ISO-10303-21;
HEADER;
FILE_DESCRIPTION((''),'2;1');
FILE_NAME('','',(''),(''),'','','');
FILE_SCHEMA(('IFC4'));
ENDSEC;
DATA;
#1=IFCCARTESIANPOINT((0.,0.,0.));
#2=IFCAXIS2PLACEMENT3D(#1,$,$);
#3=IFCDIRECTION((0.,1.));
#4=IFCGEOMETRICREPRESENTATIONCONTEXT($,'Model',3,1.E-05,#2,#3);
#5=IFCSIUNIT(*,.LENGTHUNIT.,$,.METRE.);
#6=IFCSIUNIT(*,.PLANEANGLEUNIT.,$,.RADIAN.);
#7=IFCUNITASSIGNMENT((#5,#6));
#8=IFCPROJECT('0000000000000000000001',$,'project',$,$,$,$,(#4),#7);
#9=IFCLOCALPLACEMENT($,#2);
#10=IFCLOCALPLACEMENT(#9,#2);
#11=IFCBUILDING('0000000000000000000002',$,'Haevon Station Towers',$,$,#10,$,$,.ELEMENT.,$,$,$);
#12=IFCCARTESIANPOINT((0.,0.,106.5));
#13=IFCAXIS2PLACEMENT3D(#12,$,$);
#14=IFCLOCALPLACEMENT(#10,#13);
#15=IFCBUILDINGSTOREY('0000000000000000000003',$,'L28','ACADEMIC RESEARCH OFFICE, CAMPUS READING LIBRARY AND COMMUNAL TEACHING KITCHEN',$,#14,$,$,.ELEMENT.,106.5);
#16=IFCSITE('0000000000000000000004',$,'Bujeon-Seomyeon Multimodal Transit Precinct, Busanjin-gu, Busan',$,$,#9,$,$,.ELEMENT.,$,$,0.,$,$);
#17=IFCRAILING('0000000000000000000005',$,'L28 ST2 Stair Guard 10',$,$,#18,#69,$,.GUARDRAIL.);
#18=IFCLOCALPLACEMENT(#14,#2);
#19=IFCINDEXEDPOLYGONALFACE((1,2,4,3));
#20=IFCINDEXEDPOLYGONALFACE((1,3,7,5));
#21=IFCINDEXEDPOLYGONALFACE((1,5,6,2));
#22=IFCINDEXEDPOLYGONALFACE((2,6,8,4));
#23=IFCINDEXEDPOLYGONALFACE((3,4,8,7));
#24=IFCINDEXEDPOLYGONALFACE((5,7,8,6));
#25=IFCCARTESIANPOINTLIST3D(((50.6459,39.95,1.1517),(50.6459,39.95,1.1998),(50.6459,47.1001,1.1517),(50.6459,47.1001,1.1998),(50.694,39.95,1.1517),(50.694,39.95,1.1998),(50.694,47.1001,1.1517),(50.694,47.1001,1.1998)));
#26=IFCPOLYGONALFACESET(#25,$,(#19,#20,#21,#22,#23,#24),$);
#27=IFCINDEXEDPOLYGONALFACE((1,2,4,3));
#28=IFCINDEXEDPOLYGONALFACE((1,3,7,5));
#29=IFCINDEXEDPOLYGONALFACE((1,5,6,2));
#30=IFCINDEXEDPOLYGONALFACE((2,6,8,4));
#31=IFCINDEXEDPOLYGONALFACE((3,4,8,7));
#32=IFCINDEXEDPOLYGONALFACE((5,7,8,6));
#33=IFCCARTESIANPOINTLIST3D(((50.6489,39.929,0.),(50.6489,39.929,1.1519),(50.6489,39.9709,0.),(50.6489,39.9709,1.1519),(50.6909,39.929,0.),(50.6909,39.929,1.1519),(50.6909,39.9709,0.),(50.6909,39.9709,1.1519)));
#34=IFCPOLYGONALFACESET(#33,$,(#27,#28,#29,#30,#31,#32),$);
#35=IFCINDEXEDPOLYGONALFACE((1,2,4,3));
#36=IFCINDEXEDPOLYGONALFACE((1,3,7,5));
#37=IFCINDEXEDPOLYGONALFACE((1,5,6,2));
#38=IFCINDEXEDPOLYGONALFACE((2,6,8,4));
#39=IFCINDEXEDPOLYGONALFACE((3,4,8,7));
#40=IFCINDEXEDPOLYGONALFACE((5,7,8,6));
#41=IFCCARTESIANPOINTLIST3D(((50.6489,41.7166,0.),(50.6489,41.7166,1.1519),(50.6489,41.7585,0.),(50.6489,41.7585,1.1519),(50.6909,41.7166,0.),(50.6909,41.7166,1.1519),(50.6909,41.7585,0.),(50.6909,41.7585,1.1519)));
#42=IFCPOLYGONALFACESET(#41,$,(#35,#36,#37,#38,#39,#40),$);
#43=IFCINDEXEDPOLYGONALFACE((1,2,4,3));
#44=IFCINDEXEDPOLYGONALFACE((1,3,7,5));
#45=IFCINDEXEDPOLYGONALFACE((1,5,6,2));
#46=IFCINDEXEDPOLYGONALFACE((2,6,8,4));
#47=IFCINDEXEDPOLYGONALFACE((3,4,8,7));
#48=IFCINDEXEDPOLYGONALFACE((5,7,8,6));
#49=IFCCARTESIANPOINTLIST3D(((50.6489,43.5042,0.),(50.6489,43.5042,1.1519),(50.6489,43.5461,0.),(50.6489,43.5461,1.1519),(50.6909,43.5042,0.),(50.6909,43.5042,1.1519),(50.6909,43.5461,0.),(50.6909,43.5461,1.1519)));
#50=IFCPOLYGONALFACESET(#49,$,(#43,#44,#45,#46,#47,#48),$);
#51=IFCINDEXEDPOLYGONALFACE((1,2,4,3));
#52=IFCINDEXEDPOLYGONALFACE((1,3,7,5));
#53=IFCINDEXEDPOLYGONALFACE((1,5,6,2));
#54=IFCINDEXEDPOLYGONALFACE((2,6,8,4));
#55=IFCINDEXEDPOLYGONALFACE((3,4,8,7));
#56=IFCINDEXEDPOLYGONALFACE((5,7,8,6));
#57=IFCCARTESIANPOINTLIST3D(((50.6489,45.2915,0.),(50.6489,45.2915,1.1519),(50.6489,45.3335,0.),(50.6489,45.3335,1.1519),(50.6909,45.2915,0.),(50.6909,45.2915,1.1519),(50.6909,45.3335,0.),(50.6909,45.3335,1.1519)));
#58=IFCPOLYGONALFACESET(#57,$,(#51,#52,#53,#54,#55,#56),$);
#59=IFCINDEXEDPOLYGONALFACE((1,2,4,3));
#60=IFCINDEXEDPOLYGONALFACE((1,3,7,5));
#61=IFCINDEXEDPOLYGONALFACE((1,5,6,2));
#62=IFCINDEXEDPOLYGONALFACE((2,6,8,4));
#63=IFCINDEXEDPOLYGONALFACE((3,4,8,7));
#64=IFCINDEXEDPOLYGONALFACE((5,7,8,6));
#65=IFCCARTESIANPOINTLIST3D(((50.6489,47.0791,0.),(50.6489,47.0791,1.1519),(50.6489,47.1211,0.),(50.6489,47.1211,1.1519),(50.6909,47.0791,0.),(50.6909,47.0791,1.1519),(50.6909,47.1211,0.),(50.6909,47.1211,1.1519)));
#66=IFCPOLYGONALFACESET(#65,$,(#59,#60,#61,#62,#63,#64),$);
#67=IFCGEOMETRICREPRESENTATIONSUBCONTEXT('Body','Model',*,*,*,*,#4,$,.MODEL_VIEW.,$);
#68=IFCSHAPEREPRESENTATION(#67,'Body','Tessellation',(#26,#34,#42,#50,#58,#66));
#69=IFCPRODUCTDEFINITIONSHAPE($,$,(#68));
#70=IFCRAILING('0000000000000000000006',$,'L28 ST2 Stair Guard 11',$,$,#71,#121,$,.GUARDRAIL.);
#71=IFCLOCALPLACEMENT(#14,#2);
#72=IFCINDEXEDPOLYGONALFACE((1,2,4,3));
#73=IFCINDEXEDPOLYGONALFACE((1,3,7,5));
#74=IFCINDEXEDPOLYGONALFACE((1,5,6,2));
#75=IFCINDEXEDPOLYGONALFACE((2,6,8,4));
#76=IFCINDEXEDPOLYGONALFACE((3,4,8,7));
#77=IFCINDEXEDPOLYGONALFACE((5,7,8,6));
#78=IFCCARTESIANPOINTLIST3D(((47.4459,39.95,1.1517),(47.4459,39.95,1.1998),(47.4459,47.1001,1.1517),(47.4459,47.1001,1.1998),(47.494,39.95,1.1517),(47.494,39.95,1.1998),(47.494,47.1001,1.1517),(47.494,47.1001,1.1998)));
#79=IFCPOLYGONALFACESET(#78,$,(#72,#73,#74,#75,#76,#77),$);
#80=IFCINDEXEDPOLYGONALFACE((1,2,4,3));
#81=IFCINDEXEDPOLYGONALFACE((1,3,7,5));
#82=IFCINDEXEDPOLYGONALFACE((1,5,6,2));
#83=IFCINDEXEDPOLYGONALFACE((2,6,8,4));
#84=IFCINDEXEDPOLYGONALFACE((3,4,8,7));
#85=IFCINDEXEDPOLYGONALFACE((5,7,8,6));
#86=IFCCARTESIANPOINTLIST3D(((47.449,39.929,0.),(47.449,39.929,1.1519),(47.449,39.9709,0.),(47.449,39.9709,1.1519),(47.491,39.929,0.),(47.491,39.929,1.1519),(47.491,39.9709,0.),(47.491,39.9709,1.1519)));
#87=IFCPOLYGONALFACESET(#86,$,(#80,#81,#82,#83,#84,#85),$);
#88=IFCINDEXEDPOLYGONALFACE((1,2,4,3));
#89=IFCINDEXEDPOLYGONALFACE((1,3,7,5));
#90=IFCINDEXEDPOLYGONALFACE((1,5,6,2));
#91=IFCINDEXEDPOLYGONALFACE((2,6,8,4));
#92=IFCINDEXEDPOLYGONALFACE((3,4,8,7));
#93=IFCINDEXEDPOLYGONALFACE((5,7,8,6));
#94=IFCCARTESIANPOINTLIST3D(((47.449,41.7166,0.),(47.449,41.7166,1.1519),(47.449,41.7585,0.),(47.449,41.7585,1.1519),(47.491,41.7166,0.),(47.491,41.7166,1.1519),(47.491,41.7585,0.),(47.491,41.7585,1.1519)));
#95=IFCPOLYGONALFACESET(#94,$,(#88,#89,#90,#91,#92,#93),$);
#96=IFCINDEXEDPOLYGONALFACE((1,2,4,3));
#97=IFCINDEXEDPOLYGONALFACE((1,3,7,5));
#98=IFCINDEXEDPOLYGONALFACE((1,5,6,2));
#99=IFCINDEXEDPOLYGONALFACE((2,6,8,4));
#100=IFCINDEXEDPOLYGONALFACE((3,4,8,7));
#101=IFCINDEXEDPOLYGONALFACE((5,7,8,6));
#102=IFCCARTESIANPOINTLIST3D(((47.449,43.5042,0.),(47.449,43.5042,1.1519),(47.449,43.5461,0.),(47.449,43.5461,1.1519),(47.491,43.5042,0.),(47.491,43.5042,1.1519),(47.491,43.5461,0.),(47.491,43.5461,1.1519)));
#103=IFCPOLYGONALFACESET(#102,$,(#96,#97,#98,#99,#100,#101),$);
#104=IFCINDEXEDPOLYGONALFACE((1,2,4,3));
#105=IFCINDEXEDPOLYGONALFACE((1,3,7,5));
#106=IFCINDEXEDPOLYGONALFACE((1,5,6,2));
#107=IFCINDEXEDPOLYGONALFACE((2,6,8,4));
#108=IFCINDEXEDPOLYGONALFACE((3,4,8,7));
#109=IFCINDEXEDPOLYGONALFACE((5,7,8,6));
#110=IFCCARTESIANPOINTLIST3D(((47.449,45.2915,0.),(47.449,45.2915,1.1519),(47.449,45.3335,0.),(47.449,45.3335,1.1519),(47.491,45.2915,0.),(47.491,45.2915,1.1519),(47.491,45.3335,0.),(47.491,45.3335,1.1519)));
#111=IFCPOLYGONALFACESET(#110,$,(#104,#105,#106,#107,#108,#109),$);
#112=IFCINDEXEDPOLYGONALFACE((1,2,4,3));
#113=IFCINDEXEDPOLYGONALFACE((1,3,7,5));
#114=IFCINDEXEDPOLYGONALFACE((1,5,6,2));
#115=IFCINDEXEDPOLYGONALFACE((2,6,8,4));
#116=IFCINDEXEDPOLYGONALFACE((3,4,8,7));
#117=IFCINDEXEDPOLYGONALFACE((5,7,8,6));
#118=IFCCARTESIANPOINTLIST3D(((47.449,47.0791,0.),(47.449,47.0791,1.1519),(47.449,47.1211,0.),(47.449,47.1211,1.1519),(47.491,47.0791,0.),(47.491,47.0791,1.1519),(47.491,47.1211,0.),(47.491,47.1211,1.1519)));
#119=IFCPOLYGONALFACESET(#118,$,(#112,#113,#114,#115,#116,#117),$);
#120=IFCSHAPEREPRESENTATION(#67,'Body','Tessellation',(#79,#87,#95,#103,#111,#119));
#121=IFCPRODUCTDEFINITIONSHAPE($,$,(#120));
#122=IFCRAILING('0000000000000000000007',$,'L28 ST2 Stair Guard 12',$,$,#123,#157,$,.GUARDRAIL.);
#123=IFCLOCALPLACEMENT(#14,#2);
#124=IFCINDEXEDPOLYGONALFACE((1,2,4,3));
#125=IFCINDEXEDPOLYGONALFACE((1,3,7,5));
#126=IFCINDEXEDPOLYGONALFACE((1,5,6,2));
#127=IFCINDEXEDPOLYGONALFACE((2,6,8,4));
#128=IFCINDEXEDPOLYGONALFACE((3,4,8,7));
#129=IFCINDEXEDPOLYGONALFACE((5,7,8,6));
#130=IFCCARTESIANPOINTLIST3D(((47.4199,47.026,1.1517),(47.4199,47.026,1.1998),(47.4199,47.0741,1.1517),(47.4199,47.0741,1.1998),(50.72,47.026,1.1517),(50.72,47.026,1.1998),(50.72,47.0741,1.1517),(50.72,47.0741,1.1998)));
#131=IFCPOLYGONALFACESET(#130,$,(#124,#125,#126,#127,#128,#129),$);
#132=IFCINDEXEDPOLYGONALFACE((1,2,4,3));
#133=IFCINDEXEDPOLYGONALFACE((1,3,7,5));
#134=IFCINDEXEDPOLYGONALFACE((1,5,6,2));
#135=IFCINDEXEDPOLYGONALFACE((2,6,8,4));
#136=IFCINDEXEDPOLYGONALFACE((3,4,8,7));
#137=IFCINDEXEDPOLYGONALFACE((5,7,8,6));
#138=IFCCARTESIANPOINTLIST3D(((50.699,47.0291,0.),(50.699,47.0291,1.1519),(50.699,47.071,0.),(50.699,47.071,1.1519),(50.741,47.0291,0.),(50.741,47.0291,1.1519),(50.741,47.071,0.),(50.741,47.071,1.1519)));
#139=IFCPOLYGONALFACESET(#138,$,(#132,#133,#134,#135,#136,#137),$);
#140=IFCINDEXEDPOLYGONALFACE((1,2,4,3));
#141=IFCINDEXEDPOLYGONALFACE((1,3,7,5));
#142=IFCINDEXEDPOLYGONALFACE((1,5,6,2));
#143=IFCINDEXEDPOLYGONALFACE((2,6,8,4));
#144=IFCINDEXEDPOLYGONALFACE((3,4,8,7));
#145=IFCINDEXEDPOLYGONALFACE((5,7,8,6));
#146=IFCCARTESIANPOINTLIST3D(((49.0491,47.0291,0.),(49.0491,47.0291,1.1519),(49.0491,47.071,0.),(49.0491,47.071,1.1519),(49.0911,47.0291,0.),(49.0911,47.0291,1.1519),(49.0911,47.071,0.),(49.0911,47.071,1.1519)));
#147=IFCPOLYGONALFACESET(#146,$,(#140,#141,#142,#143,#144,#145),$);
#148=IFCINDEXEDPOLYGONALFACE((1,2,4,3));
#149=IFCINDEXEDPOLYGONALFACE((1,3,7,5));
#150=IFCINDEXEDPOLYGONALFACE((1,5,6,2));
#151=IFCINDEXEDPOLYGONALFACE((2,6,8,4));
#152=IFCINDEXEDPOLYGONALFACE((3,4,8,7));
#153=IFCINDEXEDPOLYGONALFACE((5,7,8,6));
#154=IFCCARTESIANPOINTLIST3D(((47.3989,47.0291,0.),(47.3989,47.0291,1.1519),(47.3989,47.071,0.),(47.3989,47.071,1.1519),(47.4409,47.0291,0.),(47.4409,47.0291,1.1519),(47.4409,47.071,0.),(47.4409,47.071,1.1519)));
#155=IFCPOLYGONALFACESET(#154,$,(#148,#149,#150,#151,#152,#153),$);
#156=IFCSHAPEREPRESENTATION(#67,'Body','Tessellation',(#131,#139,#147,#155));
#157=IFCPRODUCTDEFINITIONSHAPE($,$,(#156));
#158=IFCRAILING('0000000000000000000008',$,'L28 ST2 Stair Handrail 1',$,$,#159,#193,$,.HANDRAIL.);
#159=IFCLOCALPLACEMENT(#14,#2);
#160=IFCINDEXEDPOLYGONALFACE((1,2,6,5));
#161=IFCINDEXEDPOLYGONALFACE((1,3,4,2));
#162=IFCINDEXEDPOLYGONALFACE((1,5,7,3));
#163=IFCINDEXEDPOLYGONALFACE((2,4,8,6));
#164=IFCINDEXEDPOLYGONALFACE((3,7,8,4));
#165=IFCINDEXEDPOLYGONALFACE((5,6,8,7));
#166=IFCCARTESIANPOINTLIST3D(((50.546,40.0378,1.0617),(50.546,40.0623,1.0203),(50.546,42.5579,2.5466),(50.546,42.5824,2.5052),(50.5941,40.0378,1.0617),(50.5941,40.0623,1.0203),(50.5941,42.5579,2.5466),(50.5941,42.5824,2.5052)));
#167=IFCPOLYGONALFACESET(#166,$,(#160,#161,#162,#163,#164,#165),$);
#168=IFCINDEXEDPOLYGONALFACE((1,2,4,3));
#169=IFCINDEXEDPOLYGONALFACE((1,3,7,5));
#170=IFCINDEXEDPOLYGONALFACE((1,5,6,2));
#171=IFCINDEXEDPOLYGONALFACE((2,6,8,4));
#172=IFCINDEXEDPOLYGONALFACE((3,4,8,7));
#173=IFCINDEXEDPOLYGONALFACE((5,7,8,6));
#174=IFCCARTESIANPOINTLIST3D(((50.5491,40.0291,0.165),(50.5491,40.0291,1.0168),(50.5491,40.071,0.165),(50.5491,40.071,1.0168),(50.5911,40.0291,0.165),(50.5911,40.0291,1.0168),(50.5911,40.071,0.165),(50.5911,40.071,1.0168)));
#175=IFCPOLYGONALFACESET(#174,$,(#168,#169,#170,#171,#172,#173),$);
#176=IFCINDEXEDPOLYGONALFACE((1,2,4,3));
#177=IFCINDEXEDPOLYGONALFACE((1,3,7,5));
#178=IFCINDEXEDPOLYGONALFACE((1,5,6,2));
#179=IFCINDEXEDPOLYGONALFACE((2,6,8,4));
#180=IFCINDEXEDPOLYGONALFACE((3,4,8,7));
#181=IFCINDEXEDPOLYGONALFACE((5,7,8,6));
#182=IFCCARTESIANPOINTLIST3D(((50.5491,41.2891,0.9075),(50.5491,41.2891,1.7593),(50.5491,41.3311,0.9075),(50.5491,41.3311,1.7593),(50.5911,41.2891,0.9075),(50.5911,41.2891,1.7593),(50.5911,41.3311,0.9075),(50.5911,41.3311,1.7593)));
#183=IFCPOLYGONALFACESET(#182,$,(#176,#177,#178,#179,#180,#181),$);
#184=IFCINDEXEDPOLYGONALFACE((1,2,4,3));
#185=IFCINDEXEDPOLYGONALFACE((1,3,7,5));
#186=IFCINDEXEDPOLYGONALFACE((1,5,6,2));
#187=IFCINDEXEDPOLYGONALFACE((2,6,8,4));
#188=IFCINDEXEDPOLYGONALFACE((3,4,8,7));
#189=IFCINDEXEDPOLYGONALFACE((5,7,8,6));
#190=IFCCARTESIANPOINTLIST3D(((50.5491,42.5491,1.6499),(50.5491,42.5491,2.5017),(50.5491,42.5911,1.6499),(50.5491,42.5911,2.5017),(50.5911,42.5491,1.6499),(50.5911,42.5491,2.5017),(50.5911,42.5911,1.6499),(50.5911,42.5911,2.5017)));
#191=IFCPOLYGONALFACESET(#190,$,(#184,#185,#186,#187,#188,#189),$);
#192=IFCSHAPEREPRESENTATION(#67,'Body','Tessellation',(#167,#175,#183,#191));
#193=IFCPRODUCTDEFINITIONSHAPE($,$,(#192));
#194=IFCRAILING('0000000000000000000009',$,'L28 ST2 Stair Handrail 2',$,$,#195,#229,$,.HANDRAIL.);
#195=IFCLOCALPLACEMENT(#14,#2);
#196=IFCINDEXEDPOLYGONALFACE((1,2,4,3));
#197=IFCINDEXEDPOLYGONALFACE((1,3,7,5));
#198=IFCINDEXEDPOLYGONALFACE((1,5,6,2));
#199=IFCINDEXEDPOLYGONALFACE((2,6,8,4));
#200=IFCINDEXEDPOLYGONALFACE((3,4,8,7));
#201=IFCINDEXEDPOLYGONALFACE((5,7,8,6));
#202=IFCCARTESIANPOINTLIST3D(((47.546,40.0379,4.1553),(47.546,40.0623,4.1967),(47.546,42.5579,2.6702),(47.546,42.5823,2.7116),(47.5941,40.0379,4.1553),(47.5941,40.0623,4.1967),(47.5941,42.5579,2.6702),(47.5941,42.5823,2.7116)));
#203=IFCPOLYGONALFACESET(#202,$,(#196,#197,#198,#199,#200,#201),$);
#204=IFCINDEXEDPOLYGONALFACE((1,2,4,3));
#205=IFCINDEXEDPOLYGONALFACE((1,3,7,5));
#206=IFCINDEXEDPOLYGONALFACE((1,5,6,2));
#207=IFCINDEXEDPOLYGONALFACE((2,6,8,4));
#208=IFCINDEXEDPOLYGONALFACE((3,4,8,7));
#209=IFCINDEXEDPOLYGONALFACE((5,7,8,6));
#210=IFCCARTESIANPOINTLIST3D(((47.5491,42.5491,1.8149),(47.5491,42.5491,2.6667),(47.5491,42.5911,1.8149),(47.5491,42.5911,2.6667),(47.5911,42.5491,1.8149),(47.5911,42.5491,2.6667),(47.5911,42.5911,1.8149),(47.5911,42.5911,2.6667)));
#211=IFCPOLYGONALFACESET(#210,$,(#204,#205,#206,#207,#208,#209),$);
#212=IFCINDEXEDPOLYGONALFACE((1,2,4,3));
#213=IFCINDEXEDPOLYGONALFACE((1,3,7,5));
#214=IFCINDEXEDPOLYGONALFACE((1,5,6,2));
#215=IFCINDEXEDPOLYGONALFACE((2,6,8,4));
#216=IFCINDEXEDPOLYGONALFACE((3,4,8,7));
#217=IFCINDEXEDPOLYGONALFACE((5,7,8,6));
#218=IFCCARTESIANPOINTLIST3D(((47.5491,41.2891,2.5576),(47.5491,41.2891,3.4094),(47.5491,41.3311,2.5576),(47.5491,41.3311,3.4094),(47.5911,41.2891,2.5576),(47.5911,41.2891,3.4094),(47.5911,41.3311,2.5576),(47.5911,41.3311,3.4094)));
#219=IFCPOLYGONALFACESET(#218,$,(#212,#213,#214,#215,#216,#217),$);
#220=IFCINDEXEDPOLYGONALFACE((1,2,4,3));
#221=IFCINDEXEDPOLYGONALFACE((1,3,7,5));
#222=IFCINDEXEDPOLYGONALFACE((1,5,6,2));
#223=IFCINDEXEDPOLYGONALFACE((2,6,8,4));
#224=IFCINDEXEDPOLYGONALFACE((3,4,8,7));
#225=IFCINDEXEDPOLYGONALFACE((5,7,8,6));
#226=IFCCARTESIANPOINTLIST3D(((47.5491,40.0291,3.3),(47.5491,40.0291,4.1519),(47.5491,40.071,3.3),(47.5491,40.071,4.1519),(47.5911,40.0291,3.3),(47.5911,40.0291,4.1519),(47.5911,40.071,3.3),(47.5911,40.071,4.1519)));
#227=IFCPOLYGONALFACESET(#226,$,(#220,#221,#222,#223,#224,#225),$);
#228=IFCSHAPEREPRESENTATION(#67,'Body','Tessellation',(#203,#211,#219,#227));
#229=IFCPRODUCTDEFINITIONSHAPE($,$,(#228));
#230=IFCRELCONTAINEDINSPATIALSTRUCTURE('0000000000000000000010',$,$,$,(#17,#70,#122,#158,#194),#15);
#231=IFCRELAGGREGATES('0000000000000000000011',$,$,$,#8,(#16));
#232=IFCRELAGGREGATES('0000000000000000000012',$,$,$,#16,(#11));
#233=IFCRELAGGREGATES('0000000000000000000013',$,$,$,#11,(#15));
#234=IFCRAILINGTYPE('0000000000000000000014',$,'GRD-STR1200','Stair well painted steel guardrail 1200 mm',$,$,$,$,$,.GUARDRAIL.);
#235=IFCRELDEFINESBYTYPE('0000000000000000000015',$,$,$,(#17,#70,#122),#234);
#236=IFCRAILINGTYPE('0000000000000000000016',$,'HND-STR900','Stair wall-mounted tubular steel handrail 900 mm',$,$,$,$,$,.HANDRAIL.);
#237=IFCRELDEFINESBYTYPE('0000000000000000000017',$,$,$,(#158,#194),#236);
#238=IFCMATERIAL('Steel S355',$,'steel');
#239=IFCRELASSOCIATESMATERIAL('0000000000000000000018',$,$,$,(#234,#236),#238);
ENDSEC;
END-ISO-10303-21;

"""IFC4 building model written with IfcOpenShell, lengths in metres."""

from ifc_helpers import new_model, si_unit, direction, frame, origin, origin_2d, place, context, subcontext, project, spatial, rectangle, extrude, material, type_object, element, save


model = new_model("IFC4")

# Units and contexts
model_context = context("Model", 3, precision=1e-05, world=origin(), true_north=direction((0.0, 1.0)))
body_context = subcontext(model_context, "Body", "Model", "MODEL_VIEW")
ifc_project = project(units=[si_unit("LENGTHUNIT", "METRE"), si_unit("PLANEANGLEUNIT", "RADIAN")], contexts=[model_context])

# Site, building, storey
site_placement = place(None, origin())
site = spatial("IfcSite", under=ifc_project, at=site_placement, Name="Bujeon-Seomyeon Multimodal Transit Precinct, Busanjin-gu, Busan", CompositionType="ELEMENT", RefElevation=0.0)
building_placement = place(site_placement, origin())
building = spatial("IfcBuilding", under=site, at=building_placement, Name="Haevon Station Towers", CompositionType="ELEMENT")
storey_placement = place(building_placement, frame((0.0, 0.0, 106.5)))
storey = spatial("IfcBuildingStorey", under=building, at=storey_placement, Name="L28", Description="ACADEMIC RESEARCH OFFICE, CAMPUS READING LIBRARY AND COMMUNAL TEACHING KITCHEN", CompositionType="ELEMENT", Elevation=106.5)

# Shared definitions
ifc_material_1 = material(Name="Steel S355", Category="steel")

# Railings
railing_type_1 = type_object("IfcRailingType", Name="GRD-STR1200", Description="Stair well painted steel guardrail 1200 mm", PredefinedType="GUARDRAIL", material=ifc_material_1)
for number, where, name in (
    (1, (50.6699, 39.95, 0.0), "L28 ST2 Stair Guard 10"),
    (2, (47.47, 39.95, 0.0), "L28 ST2 Stair Guard 11"),
):
    element("IfcRailing", number, at=place(storey_placement, frame(where)), inside=storey, type_object=railing_type_1, Name=name, PredefinedType="GUARDRAIL", context=body_context, shape_type="SweptSolid", body=[
        extrude(rectangle(XDim=0.0481, YDim=0.0481, at=origin_2d()), frame((0.0, 0.0, 1.1758), z_axis=(0.0, 1.0, 0.0), x_axis=(-1.0, 0.0, 0.0)), (0.0, 0.0, 1.0), 7.1501),
        extrude(rectangle(XDim=0.042, YDim=0.042, at=origin_2d()), origin(), (0.0, 0.0, 1.0), 1.1519),
        extrude(rectangle(XDim=0.042, YDim=0.042, at=origin_2d()), frame((0.0, 1.7876, 0.0)), (0.0, 0.0, 1.0), 1.1519),
        extrude(rectangle(XDim=0.042, YDim=0.042, at=origin_2d()), frame((0.0, 3.5752, 0.0)), (0.0, 0.0, 1.0), 1.1519),
        extrude(rectangle(XDim=0.042, YDim=0.042, at=origin_2d()), frame((0.0, 5.3625, 0.0)), (0.0, 0.0, 1.0), 1.1519),
        extrude(rectangle(XDim=0.042, YDim=0.042, at=origin_2d()), frame((0.0, 7.1501, 0.0)), (0.0, 0.0, 1.0), 1.1519),
    ])
railing_1_placement = place(storey_placement, frame((50.72, 47.05, 0.0)))
element("IfcRailing", 3, at=railing_1_placement, inside=storey, type_object=railing_type_1, Name="L28 ST2 Stair Guard 12", PredefinedType="GUARDRAIL", context=body_context, shape_type="SweptSolid", body=[
    extrude(rectangle(XDim=0.0481, YDim=0.0481, at=origin_2d()), frame((0.0, 0.0, 1.1758), z_axis=(-1.0, 0.0, 0.0), x_axis=(0.0, -1.0, 0.0)), (0.0, 0.0, 1.0), 3.3),
    extrude(rectangle(XDim=0.042, YDim=0.042, at=origin_2d()), origin(), (0.0, 0.0, 1.0), 1.1519),
    extrude(rectangle(XDim=0.042, YDim=0.042, at=origin_2d()), frame((-1.6499, 0.0, 0.0)), (0.0, 0.0, 1.0), 1.1519),
    extrude(rectangle(XDim=0.042, YDim=0.042, at=origin_2d()), frame((-3.3, 0.0, 0.0)), (0.0, 0.0, 1.0), 1.1519),
])
railing_type_2 = type_object("IfcRailingType", Name="HND-STR900", Description="Stair wall-mounted tubular steel handrail 900 mm", PredefinedType="HANDRAIL", material=ifc_material_1)
railing_2_placement = place(storey_placement, frame((50.5701, 40.05, 0.165)))
element("IfcRailing", 4, at=railing_2_placement, inside=storey, type_object=railing_type_2, Name="L28 ST2 Stair Handrail 1", PredefinedType="HANDRAIL", context=body_context, shape_type="SweptSolid", body=[
    extrude(rectangle(XDim=0.0481, YDim=0.0481, at=origin_2d()), frame((0.0, 0.0, 0.876), z_axis=(0.0, 0.861561, 0.507655), x_axis=(-1.0, 0.0, 0.0)), (0.0, 0.0, 1.0), 2.925),
    extrude(rectangle(XDim=0.042, YDim=0.042, at=origin_2d()), origin(), (0.0, 0.0, 1.0), 0.8518),
    extrude(rectangle(XDim=0.042, YDim=0.042, at=origin_2d()), frame((0.0, 1.26, 0.7424)), (0.0, 0.0, 1.0), 0.8518),
    extrude(rectangle(XDim=0.042, YDim=0.042, at=origin_2d()), frame((0.0, 2.52, 1.4849)), (0.0, 0.0, 1.0), 0.8518),
])
railing_3_placement = place(storey_placement, frame((47.5701, 42.5701, 1.8149)))
element("IfcRailing", 5, at=railing_3_placement, inside=storey, type_object=railing_type_2, Name="L28 ST2 Stair Handrail 2", PredefinedType="HANDRAIL", context=body_context, shape_type="SweptSolid", body=[
    extrude(rectangle(XDim=0.0481, YDim=0.0481, at=origin_2d()), frame((0.0, 0.0, 0.876), z_axis=(0.0, -0.861524, 0.507717), x_axis=(1.0, 0.0, 0.0)), (0.0, 0.0, 1.0), 2.925),
    extrude(rectangle(XDim=0.042, YDim=0.042, at=origin_2d()), origin(), (0.0, 0.0, 1.0), 0.8518),
    extrude(rectangle(XDim=0.042, YDim=0.042, at=origin_2d()), frame((0.0, -1.26, 0.7427)), (0.0, 0.0, 1.0), 0.8518),
    extrude(rectangle(XDim=0.042, YDim=0.042, at=origin_2d()), frame((0.0, -2.52, 1.4851)), (0.0, 0.0, 1.0), 0.8518),
])

save(model, "model.ifc")
